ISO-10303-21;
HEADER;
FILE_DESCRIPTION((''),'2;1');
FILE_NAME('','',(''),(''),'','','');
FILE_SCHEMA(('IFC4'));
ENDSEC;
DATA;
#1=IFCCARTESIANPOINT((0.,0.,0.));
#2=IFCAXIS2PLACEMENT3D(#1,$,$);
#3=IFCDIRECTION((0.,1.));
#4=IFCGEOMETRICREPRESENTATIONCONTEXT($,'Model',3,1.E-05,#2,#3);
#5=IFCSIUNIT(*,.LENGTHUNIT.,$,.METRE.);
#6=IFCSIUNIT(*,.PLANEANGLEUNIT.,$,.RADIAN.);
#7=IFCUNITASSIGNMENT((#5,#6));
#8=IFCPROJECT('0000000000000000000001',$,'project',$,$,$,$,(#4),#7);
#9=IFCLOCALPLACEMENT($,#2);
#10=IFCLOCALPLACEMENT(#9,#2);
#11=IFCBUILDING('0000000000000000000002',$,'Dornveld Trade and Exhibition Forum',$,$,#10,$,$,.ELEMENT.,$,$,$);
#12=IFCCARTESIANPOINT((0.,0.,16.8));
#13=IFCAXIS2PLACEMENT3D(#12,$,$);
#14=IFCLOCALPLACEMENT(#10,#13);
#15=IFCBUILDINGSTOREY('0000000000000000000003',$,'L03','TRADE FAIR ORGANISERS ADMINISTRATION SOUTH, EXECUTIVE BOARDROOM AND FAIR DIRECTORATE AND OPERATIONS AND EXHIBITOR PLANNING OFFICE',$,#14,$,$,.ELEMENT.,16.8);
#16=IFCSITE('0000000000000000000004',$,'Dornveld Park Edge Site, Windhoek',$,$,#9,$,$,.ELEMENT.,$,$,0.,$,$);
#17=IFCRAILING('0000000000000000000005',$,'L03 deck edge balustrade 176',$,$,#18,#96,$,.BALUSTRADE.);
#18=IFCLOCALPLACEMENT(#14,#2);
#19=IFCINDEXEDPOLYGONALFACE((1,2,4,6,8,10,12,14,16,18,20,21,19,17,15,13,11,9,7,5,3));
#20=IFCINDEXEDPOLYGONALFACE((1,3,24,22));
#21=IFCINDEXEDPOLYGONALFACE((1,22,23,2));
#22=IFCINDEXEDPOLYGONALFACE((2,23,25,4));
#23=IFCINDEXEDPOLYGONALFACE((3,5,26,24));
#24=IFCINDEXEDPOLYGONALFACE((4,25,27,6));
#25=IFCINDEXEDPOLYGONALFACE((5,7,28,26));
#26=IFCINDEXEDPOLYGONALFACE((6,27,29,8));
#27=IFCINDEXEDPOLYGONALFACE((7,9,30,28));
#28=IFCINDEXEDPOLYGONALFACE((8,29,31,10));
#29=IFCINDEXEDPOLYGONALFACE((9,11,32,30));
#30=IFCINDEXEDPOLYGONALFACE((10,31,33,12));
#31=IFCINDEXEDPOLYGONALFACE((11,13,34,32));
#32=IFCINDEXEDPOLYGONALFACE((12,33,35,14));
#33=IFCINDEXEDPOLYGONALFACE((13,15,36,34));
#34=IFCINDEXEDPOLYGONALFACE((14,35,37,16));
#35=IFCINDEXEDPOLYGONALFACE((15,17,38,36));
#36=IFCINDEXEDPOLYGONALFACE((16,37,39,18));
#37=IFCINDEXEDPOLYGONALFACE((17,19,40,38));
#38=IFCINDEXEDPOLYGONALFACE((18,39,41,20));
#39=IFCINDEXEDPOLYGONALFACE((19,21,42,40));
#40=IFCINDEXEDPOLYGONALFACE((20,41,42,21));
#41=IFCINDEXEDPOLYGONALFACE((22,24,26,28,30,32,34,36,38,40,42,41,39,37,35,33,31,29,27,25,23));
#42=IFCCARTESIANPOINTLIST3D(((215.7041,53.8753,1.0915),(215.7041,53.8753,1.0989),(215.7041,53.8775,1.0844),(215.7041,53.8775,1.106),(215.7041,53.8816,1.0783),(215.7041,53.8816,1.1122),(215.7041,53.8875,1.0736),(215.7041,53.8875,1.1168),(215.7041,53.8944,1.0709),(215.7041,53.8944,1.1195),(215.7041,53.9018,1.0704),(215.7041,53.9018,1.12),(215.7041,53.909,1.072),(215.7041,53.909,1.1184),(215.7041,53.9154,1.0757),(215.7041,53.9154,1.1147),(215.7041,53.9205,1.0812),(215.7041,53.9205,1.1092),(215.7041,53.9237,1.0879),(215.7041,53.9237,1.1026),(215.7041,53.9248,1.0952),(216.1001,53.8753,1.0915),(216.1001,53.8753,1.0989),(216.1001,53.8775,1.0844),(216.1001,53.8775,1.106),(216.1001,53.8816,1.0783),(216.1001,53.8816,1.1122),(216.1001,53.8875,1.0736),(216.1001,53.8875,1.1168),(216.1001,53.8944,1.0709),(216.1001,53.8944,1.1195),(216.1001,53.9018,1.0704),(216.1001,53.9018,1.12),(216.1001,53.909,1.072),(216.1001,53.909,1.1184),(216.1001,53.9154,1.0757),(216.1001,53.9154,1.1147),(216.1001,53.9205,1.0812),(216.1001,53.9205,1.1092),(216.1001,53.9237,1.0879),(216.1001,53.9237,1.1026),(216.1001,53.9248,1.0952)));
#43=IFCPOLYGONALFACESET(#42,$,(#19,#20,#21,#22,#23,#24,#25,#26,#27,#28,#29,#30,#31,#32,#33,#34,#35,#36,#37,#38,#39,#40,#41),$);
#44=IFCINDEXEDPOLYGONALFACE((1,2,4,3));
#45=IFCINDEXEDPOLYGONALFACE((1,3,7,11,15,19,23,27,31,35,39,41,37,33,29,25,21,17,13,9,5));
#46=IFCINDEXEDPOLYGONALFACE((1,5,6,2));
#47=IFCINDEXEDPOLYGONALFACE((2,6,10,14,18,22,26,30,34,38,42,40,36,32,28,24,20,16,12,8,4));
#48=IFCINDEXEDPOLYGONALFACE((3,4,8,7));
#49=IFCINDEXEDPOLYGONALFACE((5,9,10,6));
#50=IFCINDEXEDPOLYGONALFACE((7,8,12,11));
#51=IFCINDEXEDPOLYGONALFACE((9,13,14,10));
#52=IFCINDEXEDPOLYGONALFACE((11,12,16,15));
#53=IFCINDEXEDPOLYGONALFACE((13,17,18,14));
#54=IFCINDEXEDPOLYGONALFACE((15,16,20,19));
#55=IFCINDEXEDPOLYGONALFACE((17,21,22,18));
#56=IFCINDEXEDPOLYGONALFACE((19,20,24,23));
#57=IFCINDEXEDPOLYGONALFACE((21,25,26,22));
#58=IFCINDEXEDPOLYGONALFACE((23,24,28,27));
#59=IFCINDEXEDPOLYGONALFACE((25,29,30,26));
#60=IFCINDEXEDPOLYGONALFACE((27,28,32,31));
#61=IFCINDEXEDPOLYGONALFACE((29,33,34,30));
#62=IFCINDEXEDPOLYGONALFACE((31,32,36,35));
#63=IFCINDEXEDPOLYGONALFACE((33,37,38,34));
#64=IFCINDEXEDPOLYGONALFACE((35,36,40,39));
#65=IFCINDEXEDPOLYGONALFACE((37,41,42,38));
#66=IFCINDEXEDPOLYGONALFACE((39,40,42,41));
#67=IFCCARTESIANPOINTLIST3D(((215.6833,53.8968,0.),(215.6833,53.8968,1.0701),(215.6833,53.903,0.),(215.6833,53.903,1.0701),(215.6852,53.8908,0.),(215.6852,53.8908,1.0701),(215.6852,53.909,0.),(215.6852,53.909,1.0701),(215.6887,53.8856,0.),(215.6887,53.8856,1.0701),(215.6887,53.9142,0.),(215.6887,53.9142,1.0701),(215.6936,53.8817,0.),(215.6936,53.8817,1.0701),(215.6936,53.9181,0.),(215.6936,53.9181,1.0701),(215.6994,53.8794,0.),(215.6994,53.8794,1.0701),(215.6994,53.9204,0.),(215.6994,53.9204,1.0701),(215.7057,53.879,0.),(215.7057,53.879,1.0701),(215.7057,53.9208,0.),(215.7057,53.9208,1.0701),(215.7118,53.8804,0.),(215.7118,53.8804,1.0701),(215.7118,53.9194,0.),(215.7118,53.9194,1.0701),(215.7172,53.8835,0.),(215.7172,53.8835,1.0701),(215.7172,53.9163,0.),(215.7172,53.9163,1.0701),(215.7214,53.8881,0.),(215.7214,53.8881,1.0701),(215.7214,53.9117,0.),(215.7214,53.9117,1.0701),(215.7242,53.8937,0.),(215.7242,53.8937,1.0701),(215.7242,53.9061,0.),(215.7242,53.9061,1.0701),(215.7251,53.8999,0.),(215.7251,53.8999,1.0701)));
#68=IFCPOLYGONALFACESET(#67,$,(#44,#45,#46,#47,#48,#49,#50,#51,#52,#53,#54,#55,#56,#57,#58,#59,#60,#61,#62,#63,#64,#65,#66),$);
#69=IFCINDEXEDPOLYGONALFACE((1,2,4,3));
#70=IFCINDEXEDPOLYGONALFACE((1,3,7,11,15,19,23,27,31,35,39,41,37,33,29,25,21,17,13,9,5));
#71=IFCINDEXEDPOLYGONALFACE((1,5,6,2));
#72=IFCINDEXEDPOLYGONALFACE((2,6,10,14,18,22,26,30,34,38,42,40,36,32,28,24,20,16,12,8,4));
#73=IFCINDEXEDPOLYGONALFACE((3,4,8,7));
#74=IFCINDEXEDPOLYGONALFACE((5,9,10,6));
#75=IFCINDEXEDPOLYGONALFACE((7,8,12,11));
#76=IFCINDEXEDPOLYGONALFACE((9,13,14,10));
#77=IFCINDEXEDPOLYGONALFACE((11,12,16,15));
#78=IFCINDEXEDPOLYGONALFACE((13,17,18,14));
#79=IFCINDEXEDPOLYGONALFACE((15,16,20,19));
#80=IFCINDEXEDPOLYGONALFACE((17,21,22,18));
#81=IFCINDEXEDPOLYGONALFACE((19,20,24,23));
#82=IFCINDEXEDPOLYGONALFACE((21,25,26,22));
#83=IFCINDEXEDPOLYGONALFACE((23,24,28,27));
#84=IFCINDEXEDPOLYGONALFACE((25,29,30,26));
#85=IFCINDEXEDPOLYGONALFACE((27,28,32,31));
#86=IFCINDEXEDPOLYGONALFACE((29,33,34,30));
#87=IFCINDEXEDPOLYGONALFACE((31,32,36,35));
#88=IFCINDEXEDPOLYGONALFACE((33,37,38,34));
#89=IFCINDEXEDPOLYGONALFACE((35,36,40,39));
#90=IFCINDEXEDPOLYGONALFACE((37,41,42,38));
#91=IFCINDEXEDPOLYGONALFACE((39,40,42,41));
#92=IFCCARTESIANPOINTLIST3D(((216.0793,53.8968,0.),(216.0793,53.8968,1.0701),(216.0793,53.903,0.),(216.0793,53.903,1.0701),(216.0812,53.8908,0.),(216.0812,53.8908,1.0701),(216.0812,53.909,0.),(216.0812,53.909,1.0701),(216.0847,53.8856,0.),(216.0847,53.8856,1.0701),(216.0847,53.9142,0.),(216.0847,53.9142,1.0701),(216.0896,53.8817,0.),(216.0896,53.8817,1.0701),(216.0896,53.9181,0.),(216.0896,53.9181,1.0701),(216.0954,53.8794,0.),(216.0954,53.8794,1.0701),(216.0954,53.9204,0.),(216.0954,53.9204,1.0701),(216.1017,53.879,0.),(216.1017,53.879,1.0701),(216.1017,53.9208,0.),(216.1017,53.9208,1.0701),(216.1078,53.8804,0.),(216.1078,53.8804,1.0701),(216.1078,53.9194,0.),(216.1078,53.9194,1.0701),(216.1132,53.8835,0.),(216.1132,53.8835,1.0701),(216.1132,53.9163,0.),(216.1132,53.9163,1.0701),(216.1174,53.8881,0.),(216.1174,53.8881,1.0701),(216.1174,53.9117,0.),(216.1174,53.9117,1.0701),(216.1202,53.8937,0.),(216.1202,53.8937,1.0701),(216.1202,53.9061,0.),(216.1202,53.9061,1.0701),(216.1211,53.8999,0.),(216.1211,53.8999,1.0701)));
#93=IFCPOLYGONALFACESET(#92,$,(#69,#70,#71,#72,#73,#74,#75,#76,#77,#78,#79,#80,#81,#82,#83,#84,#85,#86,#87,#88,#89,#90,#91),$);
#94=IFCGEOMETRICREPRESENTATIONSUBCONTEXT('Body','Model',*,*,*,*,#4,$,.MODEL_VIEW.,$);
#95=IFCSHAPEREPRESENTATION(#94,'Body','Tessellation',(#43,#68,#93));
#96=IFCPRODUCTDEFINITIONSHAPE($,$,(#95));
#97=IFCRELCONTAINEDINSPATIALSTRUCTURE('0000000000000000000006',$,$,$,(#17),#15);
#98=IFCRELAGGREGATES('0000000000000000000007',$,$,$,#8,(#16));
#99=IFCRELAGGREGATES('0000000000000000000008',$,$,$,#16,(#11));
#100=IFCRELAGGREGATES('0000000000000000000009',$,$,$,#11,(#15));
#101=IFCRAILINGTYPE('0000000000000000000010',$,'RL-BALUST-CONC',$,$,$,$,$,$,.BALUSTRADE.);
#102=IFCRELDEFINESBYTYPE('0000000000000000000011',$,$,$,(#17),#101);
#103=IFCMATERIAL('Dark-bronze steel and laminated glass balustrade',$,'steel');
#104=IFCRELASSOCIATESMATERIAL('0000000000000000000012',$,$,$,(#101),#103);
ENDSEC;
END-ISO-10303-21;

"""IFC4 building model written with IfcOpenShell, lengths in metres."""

from ifc_helpers import new_model, si_unit, direction, frame, origin, origin_2d, place, context, subcontext, project, spatial, circle, extrude, material, type_object, element, save


model = new_model("IFC4")

# Units and contexts
model_context = context("Model", 3, precision=1e-05, world=origin(), true_north=direction((0.0, 1.0)))
body_context = subcontext(model_context, "Body", "Model", "MODEL_VIEW")
ifc_project = project(units=[si_unit("LENGTHUNIT", "METRE"), si_unit("PLANEANGLEUNIT", "RADIAN")], contexts=[model_context])

# Site, building, storey
site_placement = place(None, origin())
site = spatial("IfcSite", under=ifc_project, at=site_placement, Name="Dornveld Park Edge Site, Windhoek", CompositionType="ELEMENT", RefElevation=0.0)
building_placement = place(site_placement, origin())
building = spatial("IfcBuilding", under=site, at=building_placement, Name="Dornveld Trade and Exhibition Forum", CompositionType="ELEMENT")
storey_placement = place(building_placement, frame((0.0, 0.0, 16.8)))
storey = spatial("IfcBuildingStorey", under=building, at=storey_placement, Name="L03", Description="TRADE FAIR ORGANISERS ADMINISTRATION SOUTH, EXECUTIVE BOARDROOM AND FAIR DIRECTORATE AND OPERATIONS AND EXHIBITOR PLANNING OFFICE", CompositionType="ELEMENT", Elevation=16.8)

# Railing
ifc_material_1 = material(Name="Dark-bronze steel and laminated glass balustrade", Category="steel")
railing_type_1 = type_object("IfcRailingType", Name="RL-BALUST-CONC", PredefinedType="BALUSTRADE", material=ifc_material_1)
railing_1_placement = place(storey_placement, frame((215.7041, 53.8999, 0.0)))
element("IfcRailing", 1, at=railing_1_placement, inside=storey, type_object=railing_type_1, Name="L03 deck edge balustrade 176", PredefinedType="BALUSTRADE", context=body_context, shape_type="SweptSolid", body=[
    extrude(circle(Radius=0.0249, at=origin_2d()), frame((0.0, 0.0, 1.0952), z_axis=(1.0, 0.0, 0.0), x_axis=(0.0, 1.0, 0.0)), (0.0, 0.0, 1.0), 0.396),
    extrude(circle(Radius=0.021, at=origin_2d()), origin(), (0.0, 0.0, 1.0), 1.0701),
    extrude(circle(Radius=0.021, at=origin_2d()), frame((0.396, 0.0, 0.0)), (0.0, 0.0, 1.0), 1.0701),
])

save(model, "model.ifc")
